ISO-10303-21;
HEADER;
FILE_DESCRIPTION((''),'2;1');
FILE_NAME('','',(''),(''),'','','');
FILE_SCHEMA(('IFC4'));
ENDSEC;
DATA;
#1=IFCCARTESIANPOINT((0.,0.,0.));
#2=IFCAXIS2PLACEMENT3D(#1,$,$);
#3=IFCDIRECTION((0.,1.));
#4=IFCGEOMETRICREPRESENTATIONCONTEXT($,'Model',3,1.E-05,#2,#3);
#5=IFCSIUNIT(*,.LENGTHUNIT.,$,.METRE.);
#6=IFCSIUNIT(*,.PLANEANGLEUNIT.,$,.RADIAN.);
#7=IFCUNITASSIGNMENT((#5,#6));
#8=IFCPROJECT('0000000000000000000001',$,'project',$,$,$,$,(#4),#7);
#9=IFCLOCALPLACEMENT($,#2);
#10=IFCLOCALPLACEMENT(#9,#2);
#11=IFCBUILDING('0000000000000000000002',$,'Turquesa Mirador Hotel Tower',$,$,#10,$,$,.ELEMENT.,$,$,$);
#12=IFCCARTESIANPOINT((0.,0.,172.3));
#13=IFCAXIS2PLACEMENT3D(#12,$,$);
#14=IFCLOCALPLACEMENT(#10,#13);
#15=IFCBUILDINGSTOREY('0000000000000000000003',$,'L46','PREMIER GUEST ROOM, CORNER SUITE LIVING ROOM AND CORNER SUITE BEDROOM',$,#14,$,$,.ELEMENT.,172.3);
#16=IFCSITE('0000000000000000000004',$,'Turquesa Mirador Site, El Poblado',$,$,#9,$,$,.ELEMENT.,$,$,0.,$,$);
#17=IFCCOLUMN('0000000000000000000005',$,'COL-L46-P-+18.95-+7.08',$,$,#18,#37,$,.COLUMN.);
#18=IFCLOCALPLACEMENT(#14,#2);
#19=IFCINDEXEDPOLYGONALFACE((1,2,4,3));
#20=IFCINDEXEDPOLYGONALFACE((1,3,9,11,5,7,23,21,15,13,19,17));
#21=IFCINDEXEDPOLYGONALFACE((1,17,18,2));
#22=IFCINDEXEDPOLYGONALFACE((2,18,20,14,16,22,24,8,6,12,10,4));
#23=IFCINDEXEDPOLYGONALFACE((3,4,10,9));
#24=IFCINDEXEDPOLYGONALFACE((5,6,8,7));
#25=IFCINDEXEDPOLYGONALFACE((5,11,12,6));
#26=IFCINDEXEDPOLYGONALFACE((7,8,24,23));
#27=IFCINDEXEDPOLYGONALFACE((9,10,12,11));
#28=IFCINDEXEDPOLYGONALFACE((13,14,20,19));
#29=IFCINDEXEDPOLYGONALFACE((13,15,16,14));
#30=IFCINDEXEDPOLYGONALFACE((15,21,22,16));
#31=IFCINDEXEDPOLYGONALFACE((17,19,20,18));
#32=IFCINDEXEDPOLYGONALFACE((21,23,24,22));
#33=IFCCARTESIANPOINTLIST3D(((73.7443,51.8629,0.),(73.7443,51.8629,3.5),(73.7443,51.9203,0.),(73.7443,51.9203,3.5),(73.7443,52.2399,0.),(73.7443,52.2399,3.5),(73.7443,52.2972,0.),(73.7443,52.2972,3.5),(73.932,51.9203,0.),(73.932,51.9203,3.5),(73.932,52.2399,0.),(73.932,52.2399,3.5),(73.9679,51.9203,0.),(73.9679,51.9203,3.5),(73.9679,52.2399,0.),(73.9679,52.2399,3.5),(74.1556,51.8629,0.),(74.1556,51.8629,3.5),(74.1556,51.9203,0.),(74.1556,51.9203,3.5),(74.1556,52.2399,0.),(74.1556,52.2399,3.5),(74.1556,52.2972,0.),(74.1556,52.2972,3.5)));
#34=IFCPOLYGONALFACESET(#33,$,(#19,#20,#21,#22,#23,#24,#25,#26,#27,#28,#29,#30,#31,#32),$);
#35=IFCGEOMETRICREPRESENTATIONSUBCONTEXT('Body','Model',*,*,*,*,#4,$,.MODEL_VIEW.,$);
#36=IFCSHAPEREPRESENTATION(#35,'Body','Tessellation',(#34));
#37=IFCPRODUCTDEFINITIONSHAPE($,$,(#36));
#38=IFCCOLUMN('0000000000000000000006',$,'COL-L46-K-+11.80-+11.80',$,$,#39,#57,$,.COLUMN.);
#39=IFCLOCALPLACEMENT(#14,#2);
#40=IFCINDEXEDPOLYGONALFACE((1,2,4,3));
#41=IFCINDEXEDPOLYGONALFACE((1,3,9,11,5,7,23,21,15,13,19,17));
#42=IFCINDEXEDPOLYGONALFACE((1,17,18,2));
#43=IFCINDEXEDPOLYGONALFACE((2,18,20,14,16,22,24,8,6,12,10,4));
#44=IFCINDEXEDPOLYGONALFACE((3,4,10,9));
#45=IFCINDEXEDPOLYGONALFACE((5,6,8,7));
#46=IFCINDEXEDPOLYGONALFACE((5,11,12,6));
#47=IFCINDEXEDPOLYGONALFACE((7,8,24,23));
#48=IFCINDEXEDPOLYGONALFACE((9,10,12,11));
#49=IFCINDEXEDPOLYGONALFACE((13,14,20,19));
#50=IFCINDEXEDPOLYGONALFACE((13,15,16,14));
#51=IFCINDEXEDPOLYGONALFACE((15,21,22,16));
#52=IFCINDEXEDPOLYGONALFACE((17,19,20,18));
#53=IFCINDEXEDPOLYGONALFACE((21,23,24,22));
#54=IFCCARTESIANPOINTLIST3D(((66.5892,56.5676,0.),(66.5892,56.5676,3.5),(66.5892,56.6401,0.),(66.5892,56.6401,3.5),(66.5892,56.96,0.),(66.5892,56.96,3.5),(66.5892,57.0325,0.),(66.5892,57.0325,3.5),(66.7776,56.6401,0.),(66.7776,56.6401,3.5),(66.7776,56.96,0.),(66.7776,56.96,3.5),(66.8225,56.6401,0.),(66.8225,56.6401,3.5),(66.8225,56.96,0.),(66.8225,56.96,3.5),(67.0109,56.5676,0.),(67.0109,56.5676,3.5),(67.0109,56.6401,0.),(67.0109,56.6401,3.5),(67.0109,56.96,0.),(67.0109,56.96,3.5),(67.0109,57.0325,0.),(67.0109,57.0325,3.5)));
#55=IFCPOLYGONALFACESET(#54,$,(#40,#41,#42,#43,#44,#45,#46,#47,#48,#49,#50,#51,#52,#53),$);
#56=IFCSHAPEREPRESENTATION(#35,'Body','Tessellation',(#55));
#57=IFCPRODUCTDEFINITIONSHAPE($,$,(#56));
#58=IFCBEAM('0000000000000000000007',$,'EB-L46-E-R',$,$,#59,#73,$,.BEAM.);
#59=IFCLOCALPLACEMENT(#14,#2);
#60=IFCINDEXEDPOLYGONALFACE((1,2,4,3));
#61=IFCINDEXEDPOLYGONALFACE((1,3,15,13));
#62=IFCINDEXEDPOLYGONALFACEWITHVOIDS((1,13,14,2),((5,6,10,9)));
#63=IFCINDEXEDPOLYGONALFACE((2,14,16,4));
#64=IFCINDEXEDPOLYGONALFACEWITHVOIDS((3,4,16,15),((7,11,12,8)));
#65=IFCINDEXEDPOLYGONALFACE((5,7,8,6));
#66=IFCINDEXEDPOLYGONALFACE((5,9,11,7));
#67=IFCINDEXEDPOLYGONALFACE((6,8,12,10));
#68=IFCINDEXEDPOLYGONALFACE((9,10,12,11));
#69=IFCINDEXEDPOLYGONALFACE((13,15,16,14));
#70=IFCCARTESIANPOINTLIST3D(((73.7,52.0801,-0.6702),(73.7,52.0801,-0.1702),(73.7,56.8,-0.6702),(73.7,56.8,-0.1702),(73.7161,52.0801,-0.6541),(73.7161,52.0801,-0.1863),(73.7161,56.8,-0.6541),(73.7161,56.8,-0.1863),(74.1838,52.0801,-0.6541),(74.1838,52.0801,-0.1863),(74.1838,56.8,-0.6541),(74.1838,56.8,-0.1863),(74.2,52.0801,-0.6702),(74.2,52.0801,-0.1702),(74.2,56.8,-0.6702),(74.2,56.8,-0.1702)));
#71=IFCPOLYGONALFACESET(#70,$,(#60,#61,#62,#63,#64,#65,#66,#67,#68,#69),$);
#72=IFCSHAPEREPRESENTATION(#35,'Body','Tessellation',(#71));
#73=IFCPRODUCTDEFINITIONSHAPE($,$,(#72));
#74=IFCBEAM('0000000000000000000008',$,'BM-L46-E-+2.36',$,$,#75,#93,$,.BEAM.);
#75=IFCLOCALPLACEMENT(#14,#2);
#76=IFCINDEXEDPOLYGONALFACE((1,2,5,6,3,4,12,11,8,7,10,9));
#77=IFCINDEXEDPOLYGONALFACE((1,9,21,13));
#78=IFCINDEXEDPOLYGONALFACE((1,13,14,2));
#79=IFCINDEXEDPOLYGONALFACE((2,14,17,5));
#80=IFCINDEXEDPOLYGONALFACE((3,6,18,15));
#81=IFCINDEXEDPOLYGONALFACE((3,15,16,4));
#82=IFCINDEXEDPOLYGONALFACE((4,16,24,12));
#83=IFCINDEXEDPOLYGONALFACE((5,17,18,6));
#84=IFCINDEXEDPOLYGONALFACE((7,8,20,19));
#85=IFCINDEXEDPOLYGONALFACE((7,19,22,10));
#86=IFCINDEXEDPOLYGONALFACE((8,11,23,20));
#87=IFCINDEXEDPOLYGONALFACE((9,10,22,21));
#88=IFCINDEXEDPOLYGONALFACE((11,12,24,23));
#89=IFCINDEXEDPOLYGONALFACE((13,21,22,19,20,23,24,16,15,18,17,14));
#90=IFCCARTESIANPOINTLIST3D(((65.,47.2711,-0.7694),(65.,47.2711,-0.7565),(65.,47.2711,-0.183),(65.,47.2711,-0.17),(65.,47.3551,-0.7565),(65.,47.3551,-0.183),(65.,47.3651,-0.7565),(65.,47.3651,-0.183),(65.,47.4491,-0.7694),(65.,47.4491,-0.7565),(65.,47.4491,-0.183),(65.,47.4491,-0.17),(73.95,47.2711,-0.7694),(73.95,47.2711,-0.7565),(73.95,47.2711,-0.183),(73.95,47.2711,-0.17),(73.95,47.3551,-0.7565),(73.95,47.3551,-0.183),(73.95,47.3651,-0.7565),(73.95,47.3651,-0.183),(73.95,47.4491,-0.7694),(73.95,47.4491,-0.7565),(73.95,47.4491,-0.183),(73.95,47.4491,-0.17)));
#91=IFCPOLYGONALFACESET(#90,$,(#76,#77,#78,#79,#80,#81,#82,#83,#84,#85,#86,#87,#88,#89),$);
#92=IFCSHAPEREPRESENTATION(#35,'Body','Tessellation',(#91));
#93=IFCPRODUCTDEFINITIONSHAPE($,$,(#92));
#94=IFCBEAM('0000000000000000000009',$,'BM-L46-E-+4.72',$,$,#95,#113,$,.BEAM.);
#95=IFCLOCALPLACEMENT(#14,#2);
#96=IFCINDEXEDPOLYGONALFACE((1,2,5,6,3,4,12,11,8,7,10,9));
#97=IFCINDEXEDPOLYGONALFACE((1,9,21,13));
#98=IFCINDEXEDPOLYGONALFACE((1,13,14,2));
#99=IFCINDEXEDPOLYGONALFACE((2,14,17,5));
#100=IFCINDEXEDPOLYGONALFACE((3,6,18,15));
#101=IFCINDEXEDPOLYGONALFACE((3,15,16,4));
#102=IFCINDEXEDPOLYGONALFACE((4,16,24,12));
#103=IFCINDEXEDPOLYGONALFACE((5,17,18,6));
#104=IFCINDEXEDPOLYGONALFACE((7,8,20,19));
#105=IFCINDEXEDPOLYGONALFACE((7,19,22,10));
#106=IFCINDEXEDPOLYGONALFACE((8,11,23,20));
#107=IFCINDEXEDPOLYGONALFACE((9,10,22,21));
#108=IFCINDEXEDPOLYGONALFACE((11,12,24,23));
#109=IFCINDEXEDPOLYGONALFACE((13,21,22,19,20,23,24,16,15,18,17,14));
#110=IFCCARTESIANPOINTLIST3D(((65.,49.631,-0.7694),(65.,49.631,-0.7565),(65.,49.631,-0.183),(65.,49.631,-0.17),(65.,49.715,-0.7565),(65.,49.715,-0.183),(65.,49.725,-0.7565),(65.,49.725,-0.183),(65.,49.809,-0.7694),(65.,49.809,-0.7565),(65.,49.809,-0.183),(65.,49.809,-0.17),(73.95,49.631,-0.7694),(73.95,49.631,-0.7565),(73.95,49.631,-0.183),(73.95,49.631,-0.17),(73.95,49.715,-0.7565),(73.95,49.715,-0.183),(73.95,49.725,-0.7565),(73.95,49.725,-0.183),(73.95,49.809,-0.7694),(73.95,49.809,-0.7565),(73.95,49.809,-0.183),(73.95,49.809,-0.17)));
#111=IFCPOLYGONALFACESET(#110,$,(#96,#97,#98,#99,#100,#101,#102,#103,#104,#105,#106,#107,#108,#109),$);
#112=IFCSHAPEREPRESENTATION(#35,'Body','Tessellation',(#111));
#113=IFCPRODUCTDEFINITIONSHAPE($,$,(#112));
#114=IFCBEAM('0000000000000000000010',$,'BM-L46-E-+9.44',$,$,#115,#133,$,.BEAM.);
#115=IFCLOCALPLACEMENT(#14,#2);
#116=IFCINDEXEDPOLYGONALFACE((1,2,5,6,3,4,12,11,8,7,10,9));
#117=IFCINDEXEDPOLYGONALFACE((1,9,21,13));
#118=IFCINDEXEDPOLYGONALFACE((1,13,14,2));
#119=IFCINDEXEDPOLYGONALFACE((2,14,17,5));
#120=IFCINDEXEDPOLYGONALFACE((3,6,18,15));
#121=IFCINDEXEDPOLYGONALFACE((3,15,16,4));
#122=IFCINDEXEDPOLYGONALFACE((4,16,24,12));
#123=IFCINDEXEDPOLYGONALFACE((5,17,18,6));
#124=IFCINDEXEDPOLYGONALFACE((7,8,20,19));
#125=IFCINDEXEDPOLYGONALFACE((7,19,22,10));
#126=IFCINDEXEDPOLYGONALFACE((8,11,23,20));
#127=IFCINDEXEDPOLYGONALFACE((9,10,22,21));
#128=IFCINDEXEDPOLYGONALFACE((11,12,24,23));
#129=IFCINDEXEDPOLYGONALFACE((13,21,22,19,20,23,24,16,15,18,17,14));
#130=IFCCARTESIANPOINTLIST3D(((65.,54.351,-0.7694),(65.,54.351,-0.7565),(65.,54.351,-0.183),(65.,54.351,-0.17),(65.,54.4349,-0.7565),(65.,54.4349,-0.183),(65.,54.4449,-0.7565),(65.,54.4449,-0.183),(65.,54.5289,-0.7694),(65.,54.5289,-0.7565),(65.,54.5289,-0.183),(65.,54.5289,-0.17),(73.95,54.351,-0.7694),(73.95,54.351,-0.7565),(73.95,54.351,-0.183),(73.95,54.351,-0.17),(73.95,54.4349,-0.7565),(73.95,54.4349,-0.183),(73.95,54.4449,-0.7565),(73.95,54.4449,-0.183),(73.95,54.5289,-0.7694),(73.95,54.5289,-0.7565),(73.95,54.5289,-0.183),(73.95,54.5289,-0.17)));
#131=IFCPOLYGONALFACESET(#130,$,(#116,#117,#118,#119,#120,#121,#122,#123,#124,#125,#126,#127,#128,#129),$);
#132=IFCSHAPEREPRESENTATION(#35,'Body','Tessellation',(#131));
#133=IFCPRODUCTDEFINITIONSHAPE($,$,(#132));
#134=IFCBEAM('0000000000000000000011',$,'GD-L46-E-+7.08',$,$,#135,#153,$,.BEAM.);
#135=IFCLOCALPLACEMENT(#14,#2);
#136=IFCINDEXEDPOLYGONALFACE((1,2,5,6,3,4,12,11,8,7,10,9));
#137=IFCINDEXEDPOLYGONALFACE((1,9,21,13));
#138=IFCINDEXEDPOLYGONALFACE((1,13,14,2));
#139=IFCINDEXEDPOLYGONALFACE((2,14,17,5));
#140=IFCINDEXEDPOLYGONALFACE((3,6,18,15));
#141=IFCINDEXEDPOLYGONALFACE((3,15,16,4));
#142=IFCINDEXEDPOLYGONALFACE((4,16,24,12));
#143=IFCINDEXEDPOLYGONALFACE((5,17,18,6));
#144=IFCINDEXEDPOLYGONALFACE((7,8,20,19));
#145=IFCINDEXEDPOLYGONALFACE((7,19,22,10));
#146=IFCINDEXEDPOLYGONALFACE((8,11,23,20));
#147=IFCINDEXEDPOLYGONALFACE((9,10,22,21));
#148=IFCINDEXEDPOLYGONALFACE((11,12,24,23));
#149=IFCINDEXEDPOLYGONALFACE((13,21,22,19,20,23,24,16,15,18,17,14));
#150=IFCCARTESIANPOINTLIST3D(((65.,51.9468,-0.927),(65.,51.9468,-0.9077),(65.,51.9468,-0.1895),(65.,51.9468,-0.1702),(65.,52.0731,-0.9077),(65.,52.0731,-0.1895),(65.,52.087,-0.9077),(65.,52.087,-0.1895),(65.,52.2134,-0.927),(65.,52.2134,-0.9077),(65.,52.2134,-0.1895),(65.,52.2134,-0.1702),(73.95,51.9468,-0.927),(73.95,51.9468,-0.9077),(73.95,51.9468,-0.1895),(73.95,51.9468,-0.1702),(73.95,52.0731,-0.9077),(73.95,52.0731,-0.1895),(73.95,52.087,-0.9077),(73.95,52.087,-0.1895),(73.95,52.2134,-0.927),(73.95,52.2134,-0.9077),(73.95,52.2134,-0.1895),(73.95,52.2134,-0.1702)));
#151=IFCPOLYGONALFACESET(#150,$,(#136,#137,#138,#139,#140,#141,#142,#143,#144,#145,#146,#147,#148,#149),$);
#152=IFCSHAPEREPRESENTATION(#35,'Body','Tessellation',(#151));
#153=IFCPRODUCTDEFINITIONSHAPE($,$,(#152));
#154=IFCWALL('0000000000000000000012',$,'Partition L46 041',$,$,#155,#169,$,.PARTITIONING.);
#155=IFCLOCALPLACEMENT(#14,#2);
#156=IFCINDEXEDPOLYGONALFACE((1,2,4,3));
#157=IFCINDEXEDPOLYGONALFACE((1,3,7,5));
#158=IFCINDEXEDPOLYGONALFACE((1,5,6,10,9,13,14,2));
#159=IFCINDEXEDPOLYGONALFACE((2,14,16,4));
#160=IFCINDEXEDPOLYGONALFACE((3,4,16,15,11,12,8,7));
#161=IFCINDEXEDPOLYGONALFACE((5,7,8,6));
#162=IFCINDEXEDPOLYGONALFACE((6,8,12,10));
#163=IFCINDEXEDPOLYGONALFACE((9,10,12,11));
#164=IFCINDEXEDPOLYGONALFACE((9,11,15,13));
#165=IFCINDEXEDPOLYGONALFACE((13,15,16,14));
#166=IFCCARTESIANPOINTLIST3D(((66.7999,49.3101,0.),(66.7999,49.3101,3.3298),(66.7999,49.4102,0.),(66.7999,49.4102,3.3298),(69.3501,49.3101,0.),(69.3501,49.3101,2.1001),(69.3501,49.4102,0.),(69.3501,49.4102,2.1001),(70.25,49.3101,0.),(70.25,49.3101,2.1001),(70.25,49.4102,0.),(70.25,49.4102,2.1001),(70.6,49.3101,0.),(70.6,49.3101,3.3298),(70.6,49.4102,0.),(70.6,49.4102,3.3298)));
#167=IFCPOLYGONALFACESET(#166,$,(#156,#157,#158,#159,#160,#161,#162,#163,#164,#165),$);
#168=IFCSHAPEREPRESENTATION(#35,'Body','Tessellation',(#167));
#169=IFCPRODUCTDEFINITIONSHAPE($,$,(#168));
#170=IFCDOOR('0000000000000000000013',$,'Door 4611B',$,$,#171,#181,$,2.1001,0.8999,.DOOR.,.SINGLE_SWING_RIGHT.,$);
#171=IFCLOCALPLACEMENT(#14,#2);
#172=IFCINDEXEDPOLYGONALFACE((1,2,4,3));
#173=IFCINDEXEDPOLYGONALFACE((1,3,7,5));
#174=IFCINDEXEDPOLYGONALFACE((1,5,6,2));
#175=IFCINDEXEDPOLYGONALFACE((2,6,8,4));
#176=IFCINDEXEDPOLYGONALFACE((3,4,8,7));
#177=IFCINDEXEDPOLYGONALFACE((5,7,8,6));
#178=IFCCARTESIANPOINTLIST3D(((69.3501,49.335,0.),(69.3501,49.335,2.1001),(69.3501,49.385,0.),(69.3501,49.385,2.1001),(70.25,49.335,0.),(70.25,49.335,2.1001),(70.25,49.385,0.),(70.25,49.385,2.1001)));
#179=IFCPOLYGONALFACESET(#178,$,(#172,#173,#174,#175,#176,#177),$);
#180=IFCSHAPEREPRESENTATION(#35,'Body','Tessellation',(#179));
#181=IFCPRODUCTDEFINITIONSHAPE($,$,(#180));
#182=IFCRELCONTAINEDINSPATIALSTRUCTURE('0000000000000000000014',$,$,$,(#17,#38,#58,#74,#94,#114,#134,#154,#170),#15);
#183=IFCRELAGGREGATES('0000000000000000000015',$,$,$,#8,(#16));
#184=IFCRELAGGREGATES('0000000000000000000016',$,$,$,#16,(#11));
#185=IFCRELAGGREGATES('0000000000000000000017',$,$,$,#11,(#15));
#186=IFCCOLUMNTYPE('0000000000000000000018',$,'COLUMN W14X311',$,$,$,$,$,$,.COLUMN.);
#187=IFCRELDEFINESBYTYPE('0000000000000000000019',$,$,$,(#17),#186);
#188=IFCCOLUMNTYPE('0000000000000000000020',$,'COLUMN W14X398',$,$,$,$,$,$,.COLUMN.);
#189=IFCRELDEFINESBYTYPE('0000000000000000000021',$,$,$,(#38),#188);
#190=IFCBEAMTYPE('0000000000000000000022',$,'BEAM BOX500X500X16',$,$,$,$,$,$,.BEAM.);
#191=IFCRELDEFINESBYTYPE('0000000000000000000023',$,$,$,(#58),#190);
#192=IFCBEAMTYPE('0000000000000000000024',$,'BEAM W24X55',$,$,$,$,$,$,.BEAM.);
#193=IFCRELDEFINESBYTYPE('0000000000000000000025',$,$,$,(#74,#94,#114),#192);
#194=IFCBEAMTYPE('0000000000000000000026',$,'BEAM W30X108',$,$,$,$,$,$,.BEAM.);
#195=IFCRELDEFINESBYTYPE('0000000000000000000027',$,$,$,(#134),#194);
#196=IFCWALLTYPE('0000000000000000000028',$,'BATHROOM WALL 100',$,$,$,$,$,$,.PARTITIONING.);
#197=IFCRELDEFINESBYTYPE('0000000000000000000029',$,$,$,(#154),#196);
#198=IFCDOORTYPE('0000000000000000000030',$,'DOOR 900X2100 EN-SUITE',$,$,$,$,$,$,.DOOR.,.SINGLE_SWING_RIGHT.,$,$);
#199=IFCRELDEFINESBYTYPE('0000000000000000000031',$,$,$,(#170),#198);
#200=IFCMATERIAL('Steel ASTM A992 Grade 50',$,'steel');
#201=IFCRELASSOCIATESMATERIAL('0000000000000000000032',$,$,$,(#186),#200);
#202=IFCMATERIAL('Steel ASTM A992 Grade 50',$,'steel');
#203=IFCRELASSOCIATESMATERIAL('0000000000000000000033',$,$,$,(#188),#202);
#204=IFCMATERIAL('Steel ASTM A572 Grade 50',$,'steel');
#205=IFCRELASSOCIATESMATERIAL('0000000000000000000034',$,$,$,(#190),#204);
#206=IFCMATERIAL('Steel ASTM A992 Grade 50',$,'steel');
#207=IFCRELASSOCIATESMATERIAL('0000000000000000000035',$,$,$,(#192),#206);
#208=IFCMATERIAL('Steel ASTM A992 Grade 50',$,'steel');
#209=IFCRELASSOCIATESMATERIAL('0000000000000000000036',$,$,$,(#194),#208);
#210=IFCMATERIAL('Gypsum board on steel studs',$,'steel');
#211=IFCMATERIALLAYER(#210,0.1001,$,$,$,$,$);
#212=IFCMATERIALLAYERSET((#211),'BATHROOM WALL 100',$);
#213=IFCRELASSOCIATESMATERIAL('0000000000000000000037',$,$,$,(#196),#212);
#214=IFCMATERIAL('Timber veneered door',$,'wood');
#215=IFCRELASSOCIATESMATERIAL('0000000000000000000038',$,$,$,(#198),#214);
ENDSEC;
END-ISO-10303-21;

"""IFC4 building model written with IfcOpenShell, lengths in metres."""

from ifc_helpers import new_model, si_unit, direction, frame, frame_2d, origin, origin_2d, place, context, subcontext, project, spatial, rectangle, hollow_rectangle, i_section, extrude, material, layer, layer_set, material_profile, profile_set, type_object, element, fill, save


model = new_model("IFC4")

# Units and contexts
model_context = context("Model", 3, precision=1e-05, world=origin(), true_north=direction((0.0, 1.0)))
body_context = subcontext(model_context, "Body", "Model", "MODEL_VIEW")
ifc_project = project(units=[si_unit("LENGTHUNIT", "METRE"), si_unit("PLANEANGLEUNIT", "RADIAN")], contexts=[model_context])

# Site, building, storey
site_placement = place(None, origin())
site = spatial("IfcSite", under=ifc_project, at=site_placement, Name="Turquesa Mirador Site, El Poblado", CompositionType="ELEMENT", RefElevation=0.0)
building_placement = place(site_placement, origin())
building = spatial("IfcBuilding", under=site, at=building_placement, Name="Turquesa Mirador Hotel Tower", CompositionType="ELEMENT")
storey_placement = place(building_placement, frame((0.0, 0.0, 172.3)))
storey = spatial("IfcBuildingStorey", under=building, at=storey_placement, Name="L46", Description="PREMIER GUEST ROOM, CORNER SUITE LIVING ROOM AND CORNER SUITE BEDROOM", CompositionType="ELEMENT", Elevation=172.3)

# Columns
ifc_material_1 = material(Name="Steel ASTM A992 Grade 50", Category="steel")
ifc_material_profile_1 = material_profile(ifc_material_1, i_section(OverallWidth=0.4114, OverallDepth=0.4343, WebThickness=0.0359, FlangeThickness=0.0574, at=origin_2d()), Name="W14X311")
ifc_profile_set_1 = profile_set([ifc_material_profile_1], Name="Steel ASTM A992 Grade 50")
column_type_1 = type_object("IfcColumnType", Name="COLUMN W14X311", PredefinedType="COLUMN", material=ifc_profile_set_1)
column_1_placement = place(storey_placement, frame((73.95, 52.0801, 0.0), z_axis=(0.0, 0.0, 1.0), x_axis=(1.0, 0.0, 0.0)))
element("IfcColumn", 1, at=column_1_placement, inside=storey, type_object=column_type_1, Name="COL-L46-P-+18.95-+7.08", PredefinedType="COLUMN", context=body_context, shape_type="SweptSolid", body=[
    extrude(i_section(OverallWidth=0.4114, OverallDepth=0.4343, WebThickness=0.0359, FlangeThickness=0.0574, at=origin_2d()), origin(), (0.0, 0.0, 1.0), 3.5),
])
ifc_material_2 = material(Name="Steel ASTM A992 Grade 50", Category="steel")
ifc_material_profile_2 = material_profile(ifc_material_2, i_section(OverallWidth=0.4216, OverallDepth=0.4648, WebThickness=0.0449, FlangeThickness=0.0725, at=origin_2d()), Name="W14X398")
ifc_profile_set_2 = profile_set([ifc_material_profile_2], Name="Steel ASTM A992 Grade 50")
column_type_2 = type_object("IfcColumnType", Name="COLUMN W14X398", PredefinedType="COLUMN", material=ifc_profile_set_2)
column_2_placement = place(storey_placement, frame((66.8, 56.8, 0.0), z_axis=(0.0, 0.0, 1.0), x_axis=(1.0, 0.0, 0.0)))
element("IfcColumn", 2, at=column_2_placement, inside=storey, type_object=column_type_2, Name="COL-L46-K-+11.80-+11.80", PredefinedType="COLUMN", context=body_context, shape_type="SweptSolid", body=[
    extrude(i_section(OverallWidth=0.4216, OverallDepth=0.4648, WebThickness=0.0449, FlangeThickness=0.0725, at=origin_2d()), origin(), (0.0, 0.0, 1.0), 3.5),
])

# Beams
ifc_material_3 = material(Name="Steel ASTM A572 Grade 50", Category="steel")
ifc_material_profile_3 = material_profile(ifc_material_3, hollow_rectangle(XDim=0.5, YDim=0.5, WallThickness=0.0161, at=origin_2d()), Name="BOX500X500X16")
ifc_profile_set_3 = profile_set([ifc_material_profile_3], Name="Steel ASTM A572 Grade 50")
beam_type_1 = type_object("IfcBeamType", Name="BEAM BOX500X500X16", PredefinedType="BEAM", material=ifc_profile_set_3)
beam_1_placement = place(storey_placement, frame((73.95, 52.0801, -0.4202), z_axis=(0.0, 1.0, 0.0), x_axis=(-1.0, 0.0, 0.0)))
element("IfcBeam", 3, at=beam_1_placement, inside=storey, type_object=beam_type_1, Name="EB-L46-E-R", PredefinedType="BEAM", context=body_context, shape_type="SweptSolid", body=[
    extrude(hollow_rectangle(XDim=0.5, YDim=0.5, WallThickness=0.0161, at=origin_2d()), origin(), (0.0, 0.0, 1.0), 4.72),
])
ifc_material_4 = material(Name="Steel ASTM A992 Grade 50", Category="steel")
ifc_material_profile_4 = material_profile(ifc_material_4, i_section(OverallWidth=0.178, OverallDepth=0.5994, WebThickness=0.01, FlangeThickness=0.0129, at=origin_2d()), Name="W24X55")
ifc_profile_set_4 = profile_set([ifc_material_profile_4], Name="Steel ASTM A992 Grade 50")
beam_type_2 = type_object("IfcBeamType", Name="BEAM W24X55", PredefinedType="BEAM", material=ifc_profile_set_4)
for number, where, z_axis, x_axis, name in (
    (4, (73.95, 47.3601, -0.4697), (-1.0, 0.0, 0.0), (0.0, -1.0, 0.0), "BM-L46-E-+2.36"),
    (5, (73.95, 49.72, -0.4697), (-1.0, 0.0, 0.0), (0.0, -1.0, 0.0), "BM-L46-E-+4.72"),
    (6, (73.95, 54.4399, -0.4697), (-1.0, 0.0, 0.0), (0.0, -1.0, 0.0), "BM-L46-E-+9.44"),
):
    element("IfcBeam", number, at=place(storey_placement, frame(where, z_axis=z_axis, x_axis=x_axis)), inside=storey, type_object=beam_type_2, Name=name, PredefinedType="BEAM", context=body_context, shape_type="SweptSolid", body=[
        extrude(i_section(OverallWidth=0.178, OverallDepth=0.5994, WebThickness=0.01, FlangeThickness=0.0129, at=origin_2d()), origin(), (0.0, 0.0, 1.0), 8.95),
    ])
ifc_material_5 = material(Name="Steel ASTM A992 Grade 50", Category="steel")
ifc_material_profile_5 = material_profile(ifc_material_5, i_section(OverallWidth=0.2666, OverallDepth=0.7568, WebThickness=0.0139, FlangeThickness=0.0193, at=origin_2d()), Name="W30X108")
ifc_profile_set_5 = profile_set([ifc_material_profile_5], Name="Steel ASTM A992 Grade 50")
beam_type_3 = type_object("IfcBeamType", Name="BEAM W30X108", PredefinedType="BEAM", material=ifc_profile_set_5)
beam_2_placement = place(storey_placement, frame((73.95, 52.0801, -0.5486), z_axis=(-1.0, 0.0, 0.0), x_axis=(0.0, -1.0, 0.0)))
element("IfcBeam", 7, at=beam_2_placement, inside=storey, type_object=beam_type_3, Name="GD-L46-E-+7.08", PredefinedType="BEAM", context=body_context, shape_type="SweptSolid", body=[
    extrude(i_section(OverallWidth=0.2666, OverallDepth=0.7568, WebThickness=0.0139, FlangeThickness=0.0193, at=origin_2d()), origin(), (0.0, 0.0, 1.0), 8.95),
])

# Wall, opening, door
ifc_material_6 = material(Name="Gypsum board on steel studs", Category="steel")
ifc_layer_1 = layer(ifc_material_6, 0.1001)
ifc_layer_set_1 = layer_set([ifc_layer_1], Name="BATHROOM WALL 100")
wall_type_1 = type_object("IfcWallType", Name="BATHROOM WALL 100", PredefinedType="PARTITIONING", material=ifc_layer_set_1)
wall_1_placement = place(storey_placement, frame((66.8, 49.3601, 0.0), z_axis=(0.0, 0.0, 1.0), x_axis=(1.0, 0.0, 0.0)))
wall_1 = element("IfcWall", 8, at=wall_1_placement, inside=storey, type_object=wall_type_1, Name="Partition L46 041", PredefinedType="PARTITIONING", context=body_context, shape_type="SweptSolid", body=[
    extrude(rectangle(XDim=3.8, YDim=0.1001, at=frame_2d((1.8999, 0.0))), origin(), (0.0, 0.0, 1.0), 3.3298),
])
opening_1_placement = place(wall_1_placement, frame((2.55, 0.0, 0.0)))
opening_1 = element("IfcOpeningElement", 9, at=opening_1_placement, cuts=wall_1, PredefinedType="OPENING", context=body_context, shape_type="SweptSolid", body=[
    extrude(rectangle(XDim=0.8999, YDim=2.1001, at=frame_2d((0.45, 1.05))), frame((0.0, 0.0601, 0.0), z_axis=(0.0, -1.0, 0.0), x_axis=(1.0, 0.0, 0.0)), (0.0, 0.0, 1.0), 0.1201),
])
ifc_material_7 = material(Name="Timber veneered door", Category="wood")
door_type_1 = type_object("IfcDoorType", Name="DOOR 900X2100 EN-SUITE", OperationType="SINGLE_SWING_RIGHT", PredefinedType="DOOR", material=ifc_material_7)
door_1_placement = place(opening_1_placement, origin())
door_1 = element("IfcDoor", 10, at=door_1_placement, inside=storey, type_object=door_type_1, Name="Door 4611B", OperationType="SINGLE_SWING_RIGHT", OverallHeight=2.1001, OverallWidth=0.8999, PredefinedType="DOOR", context=body_context, shape_type="SweptSolid", body=[
    extrude(rectangle(XDim=0.8999, YDim=2.1001, at=frame_2d((0.45, 1.05))), frame((0.0, 0.0249, 0.0), z_axis=(0.0, -1.0, 0.0), x_axis=(1.0, 0.0, 0.0)), (0.0, 0.0, 1.0), 0.05),
])
fill(opening_1, door_1)

save(model, "model.ifc")
